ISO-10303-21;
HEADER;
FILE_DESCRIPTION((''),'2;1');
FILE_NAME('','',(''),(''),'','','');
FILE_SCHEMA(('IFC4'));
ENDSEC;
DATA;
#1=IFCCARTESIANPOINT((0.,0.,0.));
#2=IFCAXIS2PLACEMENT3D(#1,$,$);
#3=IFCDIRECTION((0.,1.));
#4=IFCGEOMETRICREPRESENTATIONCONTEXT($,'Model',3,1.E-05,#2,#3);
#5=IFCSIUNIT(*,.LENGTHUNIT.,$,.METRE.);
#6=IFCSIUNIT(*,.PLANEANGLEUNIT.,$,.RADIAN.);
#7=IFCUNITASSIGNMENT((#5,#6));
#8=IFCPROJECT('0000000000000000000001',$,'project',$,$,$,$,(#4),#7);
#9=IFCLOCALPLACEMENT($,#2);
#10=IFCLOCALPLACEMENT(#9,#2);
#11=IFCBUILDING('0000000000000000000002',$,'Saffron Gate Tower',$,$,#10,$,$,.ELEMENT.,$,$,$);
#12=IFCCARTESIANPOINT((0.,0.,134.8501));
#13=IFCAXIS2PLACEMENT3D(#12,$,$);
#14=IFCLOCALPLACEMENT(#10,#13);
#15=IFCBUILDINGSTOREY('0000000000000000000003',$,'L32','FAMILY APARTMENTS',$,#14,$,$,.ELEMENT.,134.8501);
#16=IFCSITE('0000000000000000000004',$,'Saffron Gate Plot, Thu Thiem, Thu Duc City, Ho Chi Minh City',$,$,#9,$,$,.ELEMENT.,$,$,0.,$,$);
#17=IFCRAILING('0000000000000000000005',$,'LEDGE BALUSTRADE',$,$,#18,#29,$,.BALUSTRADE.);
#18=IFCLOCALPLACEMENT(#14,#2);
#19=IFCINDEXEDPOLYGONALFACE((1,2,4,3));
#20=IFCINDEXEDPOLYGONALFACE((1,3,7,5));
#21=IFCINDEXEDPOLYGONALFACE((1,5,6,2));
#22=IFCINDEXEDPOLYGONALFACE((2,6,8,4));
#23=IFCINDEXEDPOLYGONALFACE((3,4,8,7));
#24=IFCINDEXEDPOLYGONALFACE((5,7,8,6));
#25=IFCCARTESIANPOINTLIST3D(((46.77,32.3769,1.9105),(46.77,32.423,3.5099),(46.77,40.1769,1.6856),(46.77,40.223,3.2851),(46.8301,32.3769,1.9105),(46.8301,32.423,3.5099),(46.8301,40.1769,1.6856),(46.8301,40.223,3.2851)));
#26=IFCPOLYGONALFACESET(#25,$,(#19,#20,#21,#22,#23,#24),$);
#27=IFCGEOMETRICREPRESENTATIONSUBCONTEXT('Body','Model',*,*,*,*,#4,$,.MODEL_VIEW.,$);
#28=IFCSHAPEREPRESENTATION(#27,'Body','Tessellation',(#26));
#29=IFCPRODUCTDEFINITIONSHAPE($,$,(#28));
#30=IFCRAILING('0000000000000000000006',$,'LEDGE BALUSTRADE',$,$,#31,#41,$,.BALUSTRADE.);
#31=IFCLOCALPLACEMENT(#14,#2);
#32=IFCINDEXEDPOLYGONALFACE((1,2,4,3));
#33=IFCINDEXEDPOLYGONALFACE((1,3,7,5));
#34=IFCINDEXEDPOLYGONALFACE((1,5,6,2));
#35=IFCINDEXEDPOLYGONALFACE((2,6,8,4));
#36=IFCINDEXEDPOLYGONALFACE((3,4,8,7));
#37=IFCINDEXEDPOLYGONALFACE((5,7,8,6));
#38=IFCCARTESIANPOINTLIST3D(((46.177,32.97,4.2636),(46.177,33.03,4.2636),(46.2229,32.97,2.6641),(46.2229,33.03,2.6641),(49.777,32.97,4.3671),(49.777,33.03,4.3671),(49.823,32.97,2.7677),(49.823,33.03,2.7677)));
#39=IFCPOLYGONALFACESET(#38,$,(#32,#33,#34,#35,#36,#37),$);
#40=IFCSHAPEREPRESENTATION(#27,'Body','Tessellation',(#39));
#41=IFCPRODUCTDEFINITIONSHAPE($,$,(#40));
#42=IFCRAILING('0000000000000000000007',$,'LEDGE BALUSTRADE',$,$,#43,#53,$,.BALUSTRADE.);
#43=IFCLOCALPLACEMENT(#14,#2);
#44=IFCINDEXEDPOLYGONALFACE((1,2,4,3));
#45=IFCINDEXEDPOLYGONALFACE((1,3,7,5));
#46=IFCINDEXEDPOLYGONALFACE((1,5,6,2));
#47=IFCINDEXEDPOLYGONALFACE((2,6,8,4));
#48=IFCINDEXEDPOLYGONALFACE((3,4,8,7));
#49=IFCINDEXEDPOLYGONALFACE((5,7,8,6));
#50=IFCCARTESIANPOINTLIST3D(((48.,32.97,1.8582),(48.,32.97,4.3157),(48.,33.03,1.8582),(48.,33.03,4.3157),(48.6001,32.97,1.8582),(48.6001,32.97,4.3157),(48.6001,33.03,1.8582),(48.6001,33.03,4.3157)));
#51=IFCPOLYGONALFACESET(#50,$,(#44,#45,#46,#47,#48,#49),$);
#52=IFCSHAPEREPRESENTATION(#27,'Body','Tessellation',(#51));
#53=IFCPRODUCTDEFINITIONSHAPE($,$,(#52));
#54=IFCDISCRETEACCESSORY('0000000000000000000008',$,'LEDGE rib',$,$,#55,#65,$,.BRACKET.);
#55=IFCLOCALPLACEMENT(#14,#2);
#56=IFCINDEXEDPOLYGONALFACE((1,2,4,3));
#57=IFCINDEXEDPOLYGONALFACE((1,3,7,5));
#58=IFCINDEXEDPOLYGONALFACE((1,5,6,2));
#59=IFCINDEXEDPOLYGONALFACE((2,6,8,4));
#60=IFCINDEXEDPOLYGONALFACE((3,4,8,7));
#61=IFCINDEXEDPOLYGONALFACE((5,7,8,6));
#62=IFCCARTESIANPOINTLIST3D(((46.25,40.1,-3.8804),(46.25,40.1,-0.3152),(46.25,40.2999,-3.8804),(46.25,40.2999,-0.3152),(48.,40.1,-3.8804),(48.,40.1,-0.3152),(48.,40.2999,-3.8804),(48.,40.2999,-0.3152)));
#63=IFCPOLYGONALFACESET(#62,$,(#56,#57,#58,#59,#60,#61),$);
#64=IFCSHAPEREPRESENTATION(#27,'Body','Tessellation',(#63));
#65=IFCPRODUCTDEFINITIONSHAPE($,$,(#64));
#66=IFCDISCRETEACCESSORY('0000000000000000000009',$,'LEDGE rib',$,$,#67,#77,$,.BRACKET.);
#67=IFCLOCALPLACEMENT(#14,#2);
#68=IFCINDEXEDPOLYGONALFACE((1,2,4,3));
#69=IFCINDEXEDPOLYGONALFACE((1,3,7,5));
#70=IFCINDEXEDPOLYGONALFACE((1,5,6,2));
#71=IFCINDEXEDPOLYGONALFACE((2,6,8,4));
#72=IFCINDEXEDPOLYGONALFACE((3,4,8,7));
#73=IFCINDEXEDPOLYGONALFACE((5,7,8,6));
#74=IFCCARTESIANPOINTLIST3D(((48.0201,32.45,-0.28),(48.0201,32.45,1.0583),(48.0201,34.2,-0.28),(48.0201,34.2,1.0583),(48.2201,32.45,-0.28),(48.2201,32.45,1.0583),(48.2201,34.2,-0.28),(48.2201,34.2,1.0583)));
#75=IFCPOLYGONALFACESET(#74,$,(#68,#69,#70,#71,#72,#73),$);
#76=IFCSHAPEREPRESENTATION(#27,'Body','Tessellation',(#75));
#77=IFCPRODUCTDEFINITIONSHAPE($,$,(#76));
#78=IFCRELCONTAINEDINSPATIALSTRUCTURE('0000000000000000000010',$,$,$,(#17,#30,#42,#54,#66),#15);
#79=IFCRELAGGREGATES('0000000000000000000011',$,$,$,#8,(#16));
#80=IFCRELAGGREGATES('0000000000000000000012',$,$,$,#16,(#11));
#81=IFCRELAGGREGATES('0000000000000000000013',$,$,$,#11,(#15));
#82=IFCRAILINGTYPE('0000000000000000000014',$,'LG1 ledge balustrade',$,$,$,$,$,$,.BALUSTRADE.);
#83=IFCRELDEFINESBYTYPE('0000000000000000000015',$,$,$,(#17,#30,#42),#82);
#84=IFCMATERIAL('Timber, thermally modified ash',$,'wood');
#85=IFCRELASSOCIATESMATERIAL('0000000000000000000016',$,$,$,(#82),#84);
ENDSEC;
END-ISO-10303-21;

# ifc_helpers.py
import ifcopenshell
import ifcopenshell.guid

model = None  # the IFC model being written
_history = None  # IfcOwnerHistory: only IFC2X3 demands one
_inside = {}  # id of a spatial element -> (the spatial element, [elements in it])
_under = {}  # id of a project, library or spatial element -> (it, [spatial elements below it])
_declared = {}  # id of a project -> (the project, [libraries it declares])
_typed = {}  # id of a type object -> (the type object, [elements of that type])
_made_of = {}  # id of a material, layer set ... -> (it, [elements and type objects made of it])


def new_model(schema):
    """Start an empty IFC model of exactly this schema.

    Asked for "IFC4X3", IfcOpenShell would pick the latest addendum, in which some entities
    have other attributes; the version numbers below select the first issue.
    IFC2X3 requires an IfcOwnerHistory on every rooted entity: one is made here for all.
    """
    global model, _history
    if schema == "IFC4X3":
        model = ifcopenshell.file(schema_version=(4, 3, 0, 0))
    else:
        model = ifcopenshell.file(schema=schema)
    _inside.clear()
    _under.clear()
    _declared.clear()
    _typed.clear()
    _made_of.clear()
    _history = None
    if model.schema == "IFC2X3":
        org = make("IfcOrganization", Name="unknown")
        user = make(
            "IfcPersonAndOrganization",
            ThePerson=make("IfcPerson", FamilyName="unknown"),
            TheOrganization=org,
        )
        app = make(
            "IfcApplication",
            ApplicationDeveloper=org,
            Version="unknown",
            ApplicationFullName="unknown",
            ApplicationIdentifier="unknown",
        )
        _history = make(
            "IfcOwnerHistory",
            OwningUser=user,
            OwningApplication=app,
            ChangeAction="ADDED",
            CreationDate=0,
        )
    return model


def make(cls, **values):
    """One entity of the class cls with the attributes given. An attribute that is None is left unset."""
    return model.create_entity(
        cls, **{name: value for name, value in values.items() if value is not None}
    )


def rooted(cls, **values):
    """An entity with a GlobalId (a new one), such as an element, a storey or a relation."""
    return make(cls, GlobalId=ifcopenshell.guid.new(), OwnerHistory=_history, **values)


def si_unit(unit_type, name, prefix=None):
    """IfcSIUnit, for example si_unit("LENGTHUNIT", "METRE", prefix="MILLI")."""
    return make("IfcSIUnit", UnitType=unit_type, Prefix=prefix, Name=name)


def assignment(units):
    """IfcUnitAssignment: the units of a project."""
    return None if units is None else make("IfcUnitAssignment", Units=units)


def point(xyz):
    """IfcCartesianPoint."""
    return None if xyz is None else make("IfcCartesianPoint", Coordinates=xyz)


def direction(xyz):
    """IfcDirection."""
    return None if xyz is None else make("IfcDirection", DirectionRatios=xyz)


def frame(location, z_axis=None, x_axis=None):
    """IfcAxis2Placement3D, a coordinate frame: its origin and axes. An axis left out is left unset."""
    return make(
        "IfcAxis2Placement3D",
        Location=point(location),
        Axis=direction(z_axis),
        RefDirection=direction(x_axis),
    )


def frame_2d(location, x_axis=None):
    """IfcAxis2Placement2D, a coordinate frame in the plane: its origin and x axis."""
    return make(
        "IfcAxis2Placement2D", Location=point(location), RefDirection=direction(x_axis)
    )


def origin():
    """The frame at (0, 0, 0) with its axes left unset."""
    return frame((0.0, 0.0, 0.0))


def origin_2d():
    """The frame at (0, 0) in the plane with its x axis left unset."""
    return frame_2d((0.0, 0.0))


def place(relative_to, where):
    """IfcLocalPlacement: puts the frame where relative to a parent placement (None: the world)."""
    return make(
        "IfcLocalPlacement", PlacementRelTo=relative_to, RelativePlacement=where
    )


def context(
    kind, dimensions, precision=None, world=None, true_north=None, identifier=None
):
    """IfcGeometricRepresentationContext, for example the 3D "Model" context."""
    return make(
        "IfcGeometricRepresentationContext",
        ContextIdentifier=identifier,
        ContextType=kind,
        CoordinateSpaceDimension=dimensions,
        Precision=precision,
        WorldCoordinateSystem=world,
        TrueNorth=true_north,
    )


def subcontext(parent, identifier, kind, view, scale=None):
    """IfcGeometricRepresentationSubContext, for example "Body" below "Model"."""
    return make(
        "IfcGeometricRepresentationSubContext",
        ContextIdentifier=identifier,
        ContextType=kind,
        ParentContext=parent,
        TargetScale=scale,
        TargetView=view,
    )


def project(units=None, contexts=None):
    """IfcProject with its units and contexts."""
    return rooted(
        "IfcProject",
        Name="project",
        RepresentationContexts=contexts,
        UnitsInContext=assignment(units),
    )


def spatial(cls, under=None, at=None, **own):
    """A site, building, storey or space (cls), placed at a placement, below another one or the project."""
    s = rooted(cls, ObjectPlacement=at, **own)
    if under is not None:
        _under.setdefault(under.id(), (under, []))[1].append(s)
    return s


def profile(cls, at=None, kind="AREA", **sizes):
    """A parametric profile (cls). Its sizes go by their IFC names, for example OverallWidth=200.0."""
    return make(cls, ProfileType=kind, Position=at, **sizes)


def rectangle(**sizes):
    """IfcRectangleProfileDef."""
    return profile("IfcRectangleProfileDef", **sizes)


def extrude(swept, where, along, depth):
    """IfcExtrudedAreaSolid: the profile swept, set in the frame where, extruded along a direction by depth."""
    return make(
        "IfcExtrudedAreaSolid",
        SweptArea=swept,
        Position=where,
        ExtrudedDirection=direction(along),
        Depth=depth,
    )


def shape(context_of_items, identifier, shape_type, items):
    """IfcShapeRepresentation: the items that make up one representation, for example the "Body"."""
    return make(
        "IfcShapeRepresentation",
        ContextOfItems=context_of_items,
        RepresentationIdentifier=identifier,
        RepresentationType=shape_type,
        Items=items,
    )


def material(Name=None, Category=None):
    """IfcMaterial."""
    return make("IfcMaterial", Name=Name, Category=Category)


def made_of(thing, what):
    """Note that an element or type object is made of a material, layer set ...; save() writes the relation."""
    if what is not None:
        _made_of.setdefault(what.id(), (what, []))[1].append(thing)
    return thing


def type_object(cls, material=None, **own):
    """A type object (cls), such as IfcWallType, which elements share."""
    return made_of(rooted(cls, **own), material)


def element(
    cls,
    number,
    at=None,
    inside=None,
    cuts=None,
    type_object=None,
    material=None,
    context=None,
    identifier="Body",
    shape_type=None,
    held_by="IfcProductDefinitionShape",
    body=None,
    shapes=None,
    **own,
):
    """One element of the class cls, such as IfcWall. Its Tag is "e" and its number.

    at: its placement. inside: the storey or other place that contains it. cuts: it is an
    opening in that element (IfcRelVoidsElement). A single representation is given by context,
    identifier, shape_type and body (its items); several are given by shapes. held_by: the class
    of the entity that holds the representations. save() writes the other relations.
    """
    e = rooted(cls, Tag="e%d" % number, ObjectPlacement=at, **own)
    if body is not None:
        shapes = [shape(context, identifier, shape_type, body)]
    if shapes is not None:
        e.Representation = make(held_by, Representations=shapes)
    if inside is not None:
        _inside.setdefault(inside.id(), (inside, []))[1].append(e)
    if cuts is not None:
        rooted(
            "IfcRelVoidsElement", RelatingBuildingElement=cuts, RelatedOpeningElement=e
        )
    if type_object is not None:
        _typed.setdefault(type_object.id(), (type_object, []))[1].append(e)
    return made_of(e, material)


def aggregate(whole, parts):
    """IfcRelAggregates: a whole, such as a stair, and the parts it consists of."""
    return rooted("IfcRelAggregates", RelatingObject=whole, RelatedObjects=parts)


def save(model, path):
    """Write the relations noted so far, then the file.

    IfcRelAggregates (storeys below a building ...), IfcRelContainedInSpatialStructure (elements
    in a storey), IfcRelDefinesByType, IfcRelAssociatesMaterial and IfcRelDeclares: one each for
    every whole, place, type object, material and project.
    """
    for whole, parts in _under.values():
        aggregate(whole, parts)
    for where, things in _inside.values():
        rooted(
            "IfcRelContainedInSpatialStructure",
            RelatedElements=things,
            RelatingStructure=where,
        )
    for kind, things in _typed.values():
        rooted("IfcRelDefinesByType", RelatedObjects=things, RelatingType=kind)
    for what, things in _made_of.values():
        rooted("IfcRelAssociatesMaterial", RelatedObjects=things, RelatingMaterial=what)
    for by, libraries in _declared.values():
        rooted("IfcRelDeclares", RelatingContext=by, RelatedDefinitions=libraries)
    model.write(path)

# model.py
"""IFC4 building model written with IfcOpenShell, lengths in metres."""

from ifc_helpers import new_model, si_unit, direction, frame, origin, origin_2d, place, context, subcontext, project, spatial, rectangle, extrude, material, type_object, element, save


model = new_model("IFC4")

# Units and contexts
model_context = context("Model", 3, precision=1e-05, world=origin(), true_north=direction((0.0, 1.0)))
body_context = subcontext(model_context, "Body", "Model", "MODEL_VIEW")
ifc_project = project(units=[si_unit("LENGTHUNIT", "METRE"), si_unit("PLANEANGLEUNIT", "RADIAN")], contexts=[model_context])

# Site, building, storey
site_placement = place(None, origin())
site = spatial("IfcSite", under=ifc_project, at=site_placement, Name="Saffron Gate Plot, Thu Thiem, Thu Duc City, Ho Chi Minh City", CompositionType="ELEMENT", RefElevation=0.0)
building_placement = place(site_placement, origin())
building = spatial("IfcBuilding", under=site, at=building_placement, Name="Saffron Gate Tower", CompositionType="ELEMENT")
storey_placement = place(building_placement, frame((0.0, 0.0, 134.8501)))
storey = spatial("IfcBuildingStorey", under=building, at=storey_placement, Name="L32", Description="FAMILY APARTMENTS", CompositionType="ELEMENT", Elevation=134.8501)

# Shared definitions
ifc_material_1 = material(Name="Timber, thermally modified ash", Category="wood")

# Railings
railing_type = type_object("IfcRailingType", Name="LG1 ledge balustrade", PredefinedType="BALUSTRADE", material=ifc_material_1)
railing_1_placement = place(storey_placement, frame((46.8, 40.2, 1.6853)))
element("IfcRailing", 1, at=railing_1_placement, inside=storey, type_object=railing_type, Name="LEDGE BALUSTRADE", PredefinedType="BALUSTRADE", context=body_context, shape_type="SweptSolid", body=[
    extrude(rectangle(XDim=0.0601, YDim=1.6001, at=origin_2d()), frame((0.0, 0.0, 0.8), z_axis=(0.0, -0.999585, 0.028815), x_axis=(1.0, 0.0, 0.0)), (0.0, 0.0, 1.0), 7.8032),
])
railing_2_placement = place(storey_placement, frame((46.2, 33.0, 2.6638)))
element("IfcRailing", 2, at=railing_2_placement, inside=storey, type_object=railing_type, Name="LEDGE BALUSTRADE", PredefinedType="BALUSTRADE", context=body_context, shape_type="SweptSolid", body=[
    extrude(rectangle(XDim=0.0601, YDim=1.6001, at=origin_2d()), frame((0.0, 0.0, 0.8), z_axis=(0.999587, 0.0, 0.028742), x_axis=(0.0, 1.0, 0.0)), (0.0, 0.0, 1.0), 3.6016),
])
railing_3_placement = place(storey_placement, frame((48.0, 33.0, 1.8582)))
element("IfcRailing", 3, at=railing_3_placement, inside=storey, type_object=railing_type, Name="LEDGE BALUSTRADE", PredefinedType="BALUSTRADE", context=body_context, shape_type="SweptSolid", body=[
    extrude(rectangle(XDim=0.0601, YDim=2.4575, at=origin_2d()), frame((0.0, 0.0, 1.2288), z_axis=(1.0, 0.0, 0.0), x_axis=(0.0, 1.0, 0.0)), (0.0, 0.0, 1.0), 0.6001),
])

# Discrete accessories
discrete_accessory_1_placement = place(storey_placement, frame((47.125, 40.2, -3.8804), z_axis=(0.0, 0.0, 1.0), x_axis=(0.0, -1.0, 0.0)))
element("IfcDiscreteAccessory", 4, at=discrete_accessory_1_placement, inside=storey, Name="LEDGE rib", PredefinedType="BRACKET", context=body_context, shape_type="SweptSolid", body=[
    extrude(rectangle(XDim=0.2, YDim=1.75, at=origin_2d()), origin(), (0.0, 0.0, 1.0), 3.5652),
])
discrete_accessory_2_placement = place(storey_placement, frame((48.1201, 33.325, -0.28), z_axis=(0.0, 0.0, 1.0), x_axis=(1.0, 0.0, 0.0)))
element("IfcDiscreteAccessory", 5, at=discrete_accessory_2_placement, inside=storey, Name="LEDGE rib", PredefinedType="BRACKET", context=body_context, shape_type="SweptSolid", body=[
    extrude(rectangle(XDim=0.2, YDim=1.75, at=origin_2d()), origin(), (0.0, 0.0, 1.0), 1.3384),
])

save(model, "model.ifc")
